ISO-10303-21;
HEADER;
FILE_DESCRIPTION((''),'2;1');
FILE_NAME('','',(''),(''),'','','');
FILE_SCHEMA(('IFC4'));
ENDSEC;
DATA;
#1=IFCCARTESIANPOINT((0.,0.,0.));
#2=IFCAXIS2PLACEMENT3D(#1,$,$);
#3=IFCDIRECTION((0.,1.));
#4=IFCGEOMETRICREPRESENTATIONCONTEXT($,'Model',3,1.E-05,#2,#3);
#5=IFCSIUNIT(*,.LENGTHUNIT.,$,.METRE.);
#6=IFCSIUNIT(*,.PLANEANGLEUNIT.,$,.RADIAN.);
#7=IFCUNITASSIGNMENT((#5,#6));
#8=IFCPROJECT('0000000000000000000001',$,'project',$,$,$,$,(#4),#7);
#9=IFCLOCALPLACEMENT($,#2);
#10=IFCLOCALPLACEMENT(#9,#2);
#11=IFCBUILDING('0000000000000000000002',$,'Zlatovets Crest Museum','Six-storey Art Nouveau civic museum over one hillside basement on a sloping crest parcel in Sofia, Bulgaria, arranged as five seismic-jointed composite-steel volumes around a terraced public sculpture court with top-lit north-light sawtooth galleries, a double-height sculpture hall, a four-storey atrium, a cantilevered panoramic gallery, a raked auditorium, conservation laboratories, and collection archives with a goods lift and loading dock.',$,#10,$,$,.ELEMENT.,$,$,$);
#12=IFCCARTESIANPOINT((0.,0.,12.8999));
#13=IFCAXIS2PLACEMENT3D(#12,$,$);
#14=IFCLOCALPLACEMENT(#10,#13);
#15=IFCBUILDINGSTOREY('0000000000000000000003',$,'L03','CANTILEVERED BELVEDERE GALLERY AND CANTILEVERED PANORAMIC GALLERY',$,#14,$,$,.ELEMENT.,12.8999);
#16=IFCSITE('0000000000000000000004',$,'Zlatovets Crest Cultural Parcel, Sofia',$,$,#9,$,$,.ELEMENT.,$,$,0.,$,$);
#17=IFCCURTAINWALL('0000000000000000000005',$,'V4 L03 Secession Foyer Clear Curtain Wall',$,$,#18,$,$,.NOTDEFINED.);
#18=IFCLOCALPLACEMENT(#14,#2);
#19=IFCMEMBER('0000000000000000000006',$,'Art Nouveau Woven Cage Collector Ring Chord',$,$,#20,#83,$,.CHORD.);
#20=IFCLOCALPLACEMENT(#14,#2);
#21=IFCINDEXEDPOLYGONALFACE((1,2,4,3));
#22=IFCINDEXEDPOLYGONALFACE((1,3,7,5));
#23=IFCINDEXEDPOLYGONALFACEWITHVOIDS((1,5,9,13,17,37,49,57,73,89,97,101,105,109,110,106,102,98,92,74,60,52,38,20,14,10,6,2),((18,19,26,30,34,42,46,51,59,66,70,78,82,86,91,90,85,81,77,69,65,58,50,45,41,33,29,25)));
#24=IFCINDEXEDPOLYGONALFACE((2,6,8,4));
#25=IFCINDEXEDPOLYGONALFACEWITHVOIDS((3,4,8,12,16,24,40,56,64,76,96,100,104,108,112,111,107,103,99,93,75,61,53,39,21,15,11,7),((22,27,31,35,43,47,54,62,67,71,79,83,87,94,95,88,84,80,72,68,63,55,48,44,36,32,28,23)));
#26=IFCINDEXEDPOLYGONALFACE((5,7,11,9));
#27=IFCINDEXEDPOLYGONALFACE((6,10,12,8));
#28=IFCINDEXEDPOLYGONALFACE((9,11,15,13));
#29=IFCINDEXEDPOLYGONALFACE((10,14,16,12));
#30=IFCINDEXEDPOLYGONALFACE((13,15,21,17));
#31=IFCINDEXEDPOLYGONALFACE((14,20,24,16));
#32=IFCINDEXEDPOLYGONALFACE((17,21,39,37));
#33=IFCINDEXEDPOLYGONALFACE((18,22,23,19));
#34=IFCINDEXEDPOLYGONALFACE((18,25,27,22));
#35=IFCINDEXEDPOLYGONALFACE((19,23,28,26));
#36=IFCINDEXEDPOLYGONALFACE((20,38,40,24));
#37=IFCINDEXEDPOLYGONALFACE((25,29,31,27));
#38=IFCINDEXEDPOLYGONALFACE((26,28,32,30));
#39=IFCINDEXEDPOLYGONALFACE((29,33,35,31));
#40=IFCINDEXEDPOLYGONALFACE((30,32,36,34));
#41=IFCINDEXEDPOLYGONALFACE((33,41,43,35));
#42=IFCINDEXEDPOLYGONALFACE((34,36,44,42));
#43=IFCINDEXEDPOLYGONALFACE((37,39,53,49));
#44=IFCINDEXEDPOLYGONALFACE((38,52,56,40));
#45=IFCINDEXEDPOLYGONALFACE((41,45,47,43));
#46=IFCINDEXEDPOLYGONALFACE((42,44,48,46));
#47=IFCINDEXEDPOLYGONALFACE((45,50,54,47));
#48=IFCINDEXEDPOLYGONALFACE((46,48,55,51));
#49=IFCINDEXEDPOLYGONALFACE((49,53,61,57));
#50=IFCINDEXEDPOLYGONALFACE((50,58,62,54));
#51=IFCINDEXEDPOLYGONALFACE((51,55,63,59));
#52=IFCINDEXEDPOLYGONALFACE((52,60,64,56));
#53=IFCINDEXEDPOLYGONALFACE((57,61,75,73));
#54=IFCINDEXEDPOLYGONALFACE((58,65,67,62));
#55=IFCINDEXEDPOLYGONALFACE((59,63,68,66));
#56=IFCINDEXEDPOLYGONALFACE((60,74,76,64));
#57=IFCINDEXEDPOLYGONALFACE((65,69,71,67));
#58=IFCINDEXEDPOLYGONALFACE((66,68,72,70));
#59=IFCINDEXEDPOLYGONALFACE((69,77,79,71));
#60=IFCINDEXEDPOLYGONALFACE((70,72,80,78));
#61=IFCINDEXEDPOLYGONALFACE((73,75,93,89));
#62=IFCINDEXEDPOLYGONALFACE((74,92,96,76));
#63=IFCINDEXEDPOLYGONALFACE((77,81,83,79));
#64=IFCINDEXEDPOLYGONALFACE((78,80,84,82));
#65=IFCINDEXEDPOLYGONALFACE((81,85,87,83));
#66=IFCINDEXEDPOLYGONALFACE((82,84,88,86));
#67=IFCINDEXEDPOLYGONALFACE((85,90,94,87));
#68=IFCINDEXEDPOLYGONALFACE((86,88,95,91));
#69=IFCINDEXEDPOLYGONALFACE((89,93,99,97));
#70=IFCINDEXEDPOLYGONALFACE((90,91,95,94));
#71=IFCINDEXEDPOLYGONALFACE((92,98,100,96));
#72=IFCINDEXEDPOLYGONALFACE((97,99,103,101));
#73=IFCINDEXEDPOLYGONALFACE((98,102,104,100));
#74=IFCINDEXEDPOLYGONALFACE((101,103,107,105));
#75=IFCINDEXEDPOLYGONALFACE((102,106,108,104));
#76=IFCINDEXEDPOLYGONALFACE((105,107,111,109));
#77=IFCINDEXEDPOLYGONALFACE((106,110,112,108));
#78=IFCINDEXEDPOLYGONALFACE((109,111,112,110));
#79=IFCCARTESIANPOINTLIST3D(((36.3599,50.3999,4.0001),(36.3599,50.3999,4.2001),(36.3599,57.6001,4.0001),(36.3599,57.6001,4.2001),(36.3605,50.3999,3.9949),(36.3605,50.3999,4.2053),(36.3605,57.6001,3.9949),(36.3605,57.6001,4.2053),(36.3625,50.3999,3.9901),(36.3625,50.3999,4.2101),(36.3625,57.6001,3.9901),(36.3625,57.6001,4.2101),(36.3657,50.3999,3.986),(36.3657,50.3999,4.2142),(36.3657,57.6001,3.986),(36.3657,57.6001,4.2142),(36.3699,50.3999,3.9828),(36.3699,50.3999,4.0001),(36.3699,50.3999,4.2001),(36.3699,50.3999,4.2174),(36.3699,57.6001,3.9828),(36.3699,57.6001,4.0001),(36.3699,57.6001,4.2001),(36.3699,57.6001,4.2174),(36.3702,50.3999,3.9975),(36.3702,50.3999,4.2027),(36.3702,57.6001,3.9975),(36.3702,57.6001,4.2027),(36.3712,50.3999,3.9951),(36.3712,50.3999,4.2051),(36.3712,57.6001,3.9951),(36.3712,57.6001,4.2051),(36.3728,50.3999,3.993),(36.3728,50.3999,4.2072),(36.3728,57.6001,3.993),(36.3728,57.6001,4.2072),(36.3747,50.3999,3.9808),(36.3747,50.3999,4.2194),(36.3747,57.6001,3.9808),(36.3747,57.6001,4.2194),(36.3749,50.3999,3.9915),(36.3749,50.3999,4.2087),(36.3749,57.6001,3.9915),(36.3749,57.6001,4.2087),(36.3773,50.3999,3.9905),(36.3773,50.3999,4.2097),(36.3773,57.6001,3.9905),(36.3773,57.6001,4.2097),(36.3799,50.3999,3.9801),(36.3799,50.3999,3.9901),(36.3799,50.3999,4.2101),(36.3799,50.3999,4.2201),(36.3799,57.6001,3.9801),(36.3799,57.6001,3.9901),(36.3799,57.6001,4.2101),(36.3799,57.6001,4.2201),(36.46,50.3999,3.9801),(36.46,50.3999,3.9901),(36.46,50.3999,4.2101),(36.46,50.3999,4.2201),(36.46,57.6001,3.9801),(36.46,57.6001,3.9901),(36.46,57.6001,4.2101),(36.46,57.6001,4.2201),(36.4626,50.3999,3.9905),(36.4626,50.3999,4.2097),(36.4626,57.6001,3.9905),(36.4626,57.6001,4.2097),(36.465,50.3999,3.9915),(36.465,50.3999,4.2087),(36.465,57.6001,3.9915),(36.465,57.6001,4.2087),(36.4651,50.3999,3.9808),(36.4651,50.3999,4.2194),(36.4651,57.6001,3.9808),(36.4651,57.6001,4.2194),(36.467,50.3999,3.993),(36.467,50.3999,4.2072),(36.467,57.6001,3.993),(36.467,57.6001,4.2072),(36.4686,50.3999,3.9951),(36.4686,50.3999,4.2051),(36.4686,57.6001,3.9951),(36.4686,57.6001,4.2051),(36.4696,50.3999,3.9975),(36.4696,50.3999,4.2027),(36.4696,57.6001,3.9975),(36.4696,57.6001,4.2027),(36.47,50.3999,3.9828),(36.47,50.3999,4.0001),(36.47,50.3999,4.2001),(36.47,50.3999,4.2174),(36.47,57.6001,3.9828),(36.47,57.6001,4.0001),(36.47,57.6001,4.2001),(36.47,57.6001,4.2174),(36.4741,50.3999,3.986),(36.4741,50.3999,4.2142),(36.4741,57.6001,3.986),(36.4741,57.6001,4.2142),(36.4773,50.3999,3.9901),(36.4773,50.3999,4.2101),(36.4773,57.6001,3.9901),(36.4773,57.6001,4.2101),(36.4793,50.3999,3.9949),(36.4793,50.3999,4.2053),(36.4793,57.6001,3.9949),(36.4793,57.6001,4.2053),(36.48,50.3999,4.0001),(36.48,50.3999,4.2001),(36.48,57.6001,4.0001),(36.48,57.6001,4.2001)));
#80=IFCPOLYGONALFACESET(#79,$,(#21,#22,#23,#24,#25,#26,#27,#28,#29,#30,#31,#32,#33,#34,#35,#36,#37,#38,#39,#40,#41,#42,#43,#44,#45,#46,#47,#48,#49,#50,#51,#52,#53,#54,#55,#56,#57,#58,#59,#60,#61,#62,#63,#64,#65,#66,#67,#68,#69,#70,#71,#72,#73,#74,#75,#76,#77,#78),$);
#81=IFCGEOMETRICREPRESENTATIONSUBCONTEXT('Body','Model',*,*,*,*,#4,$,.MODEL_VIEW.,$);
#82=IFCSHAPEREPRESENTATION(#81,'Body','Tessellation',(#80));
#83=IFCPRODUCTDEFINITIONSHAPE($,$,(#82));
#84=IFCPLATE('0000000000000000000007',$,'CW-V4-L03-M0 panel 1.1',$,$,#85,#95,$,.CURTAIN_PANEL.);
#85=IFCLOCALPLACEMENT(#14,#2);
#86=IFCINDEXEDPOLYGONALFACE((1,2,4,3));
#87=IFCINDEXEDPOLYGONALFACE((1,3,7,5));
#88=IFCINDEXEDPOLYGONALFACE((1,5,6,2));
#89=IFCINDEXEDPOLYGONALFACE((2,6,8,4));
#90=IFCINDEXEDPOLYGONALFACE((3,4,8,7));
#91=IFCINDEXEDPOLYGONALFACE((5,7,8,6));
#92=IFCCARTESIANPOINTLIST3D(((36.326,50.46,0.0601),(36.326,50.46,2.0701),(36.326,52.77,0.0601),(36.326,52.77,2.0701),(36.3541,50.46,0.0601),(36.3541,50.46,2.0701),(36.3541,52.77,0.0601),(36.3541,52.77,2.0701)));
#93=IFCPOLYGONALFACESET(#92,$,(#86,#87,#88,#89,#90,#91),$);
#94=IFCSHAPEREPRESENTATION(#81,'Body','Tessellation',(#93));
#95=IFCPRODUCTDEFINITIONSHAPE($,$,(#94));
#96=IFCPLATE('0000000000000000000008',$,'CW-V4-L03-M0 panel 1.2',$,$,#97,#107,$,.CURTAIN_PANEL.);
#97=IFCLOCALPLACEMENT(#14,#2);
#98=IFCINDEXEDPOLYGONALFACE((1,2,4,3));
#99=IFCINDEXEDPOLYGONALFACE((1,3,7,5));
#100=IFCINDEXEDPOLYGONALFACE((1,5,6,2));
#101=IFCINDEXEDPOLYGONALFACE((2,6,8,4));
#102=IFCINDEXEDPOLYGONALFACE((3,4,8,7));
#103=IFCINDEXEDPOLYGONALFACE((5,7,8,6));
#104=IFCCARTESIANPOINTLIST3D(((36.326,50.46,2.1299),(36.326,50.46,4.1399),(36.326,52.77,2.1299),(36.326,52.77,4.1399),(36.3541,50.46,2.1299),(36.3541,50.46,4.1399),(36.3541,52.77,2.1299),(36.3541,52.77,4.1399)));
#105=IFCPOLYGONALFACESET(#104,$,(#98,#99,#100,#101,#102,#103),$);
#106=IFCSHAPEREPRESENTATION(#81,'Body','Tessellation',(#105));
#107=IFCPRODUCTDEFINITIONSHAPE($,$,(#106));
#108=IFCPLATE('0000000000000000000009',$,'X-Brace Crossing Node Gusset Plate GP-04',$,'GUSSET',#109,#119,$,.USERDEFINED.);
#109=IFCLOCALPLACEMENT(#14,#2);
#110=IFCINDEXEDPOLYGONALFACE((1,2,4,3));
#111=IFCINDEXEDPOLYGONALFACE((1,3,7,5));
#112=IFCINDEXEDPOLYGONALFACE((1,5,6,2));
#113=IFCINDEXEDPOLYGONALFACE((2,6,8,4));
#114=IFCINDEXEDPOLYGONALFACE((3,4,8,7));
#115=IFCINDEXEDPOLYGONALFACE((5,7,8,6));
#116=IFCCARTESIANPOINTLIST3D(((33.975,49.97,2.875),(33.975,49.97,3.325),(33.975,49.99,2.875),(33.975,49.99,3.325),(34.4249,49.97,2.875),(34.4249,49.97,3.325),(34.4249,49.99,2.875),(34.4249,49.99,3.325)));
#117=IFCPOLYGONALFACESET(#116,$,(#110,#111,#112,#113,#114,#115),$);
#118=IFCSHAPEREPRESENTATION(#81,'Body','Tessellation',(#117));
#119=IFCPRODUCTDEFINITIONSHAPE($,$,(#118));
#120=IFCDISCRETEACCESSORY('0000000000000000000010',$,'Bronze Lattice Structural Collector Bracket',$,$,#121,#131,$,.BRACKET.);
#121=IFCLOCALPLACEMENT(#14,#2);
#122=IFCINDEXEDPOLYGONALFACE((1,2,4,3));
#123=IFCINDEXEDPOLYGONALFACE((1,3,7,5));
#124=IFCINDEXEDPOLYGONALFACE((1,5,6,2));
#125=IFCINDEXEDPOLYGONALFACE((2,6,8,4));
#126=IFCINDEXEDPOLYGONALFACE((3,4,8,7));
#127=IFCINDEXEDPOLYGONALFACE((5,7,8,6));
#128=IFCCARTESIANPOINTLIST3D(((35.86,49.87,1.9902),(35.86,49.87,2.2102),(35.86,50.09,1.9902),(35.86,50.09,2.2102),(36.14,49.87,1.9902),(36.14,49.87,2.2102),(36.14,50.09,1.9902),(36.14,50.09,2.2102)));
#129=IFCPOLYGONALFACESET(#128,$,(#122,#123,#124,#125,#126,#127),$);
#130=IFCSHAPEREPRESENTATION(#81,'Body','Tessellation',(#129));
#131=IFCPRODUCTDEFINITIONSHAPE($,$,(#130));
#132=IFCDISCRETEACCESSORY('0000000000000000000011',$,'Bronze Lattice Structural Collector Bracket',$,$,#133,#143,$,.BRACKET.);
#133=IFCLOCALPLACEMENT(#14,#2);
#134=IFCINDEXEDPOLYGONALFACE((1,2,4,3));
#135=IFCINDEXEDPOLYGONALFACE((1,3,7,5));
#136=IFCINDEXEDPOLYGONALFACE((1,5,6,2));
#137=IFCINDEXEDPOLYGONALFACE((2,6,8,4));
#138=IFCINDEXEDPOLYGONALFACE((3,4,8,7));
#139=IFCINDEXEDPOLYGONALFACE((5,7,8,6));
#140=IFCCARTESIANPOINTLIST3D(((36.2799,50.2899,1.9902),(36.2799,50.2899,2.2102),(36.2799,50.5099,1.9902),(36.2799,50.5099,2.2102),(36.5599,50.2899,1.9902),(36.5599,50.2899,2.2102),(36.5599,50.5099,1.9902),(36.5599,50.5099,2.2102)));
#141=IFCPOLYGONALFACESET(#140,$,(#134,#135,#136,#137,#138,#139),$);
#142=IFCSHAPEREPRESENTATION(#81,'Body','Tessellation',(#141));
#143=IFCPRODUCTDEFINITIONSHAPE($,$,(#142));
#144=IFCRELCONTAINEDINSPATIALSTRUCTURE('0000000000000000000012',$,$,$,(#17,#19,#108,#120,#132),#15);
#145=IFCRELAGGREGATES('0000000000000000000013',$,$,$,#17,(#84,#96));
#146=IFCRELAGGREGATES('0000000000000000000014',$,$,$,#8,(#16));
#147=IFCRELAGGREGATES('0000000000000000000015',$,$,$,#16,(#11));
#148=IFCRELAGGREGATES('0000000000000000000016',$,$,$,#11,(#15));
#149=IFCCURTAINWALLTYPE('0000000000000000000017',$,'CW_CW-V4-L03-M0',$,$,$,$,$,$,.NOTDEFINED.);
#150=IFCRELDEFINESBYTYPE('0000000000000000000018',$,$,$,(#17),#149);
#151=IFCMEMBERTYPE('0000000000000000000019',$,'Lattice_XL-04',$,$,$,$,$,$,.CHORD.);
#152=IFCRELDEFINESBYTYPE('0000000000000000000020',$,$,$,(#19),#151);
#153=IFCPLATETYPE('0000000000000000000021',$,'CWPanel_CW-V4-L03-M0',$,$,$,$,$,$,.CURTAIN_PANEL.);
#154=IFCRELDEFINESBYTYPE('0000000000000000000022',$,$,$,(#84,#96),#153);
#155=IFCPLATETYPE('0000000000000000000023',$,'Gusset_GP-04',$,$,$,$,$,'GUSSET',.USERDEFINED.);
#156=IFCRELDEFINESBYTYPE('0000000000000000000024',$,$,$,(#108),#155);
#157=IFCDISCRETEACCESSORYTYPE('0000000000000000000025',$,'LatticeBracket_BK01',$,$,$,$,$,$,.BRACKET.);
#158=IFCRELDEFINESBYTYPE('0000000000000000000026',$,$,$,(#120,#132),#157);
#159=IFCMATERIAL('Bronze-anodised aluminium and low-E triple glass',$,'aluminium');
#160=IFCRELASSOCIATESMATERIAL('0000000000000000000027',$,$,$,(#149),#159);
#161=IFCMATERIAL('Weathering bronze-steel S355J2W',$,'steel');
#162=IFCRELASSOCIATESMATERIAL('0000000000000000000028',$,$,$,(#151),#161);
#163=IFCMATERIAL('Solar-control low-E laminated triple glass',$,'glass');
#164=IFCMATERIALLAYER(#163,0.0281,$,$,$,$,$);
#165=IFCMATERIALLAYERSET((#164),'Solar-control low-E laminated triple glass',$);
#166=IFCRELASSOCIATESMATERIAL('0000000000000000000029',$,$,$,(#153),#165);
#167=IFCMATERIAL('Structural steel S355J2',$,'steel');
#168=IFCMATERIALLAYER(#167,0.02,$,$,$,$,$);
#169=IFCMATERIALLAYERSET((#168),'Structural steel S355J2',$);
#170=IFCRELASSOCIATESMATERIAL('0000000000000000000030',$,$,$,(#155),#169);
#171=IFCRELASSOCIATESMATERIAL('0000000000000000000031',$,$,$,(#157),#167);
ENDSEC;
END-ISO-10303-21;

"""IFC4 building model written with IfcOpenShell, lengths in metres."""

from ifc_helpers import new_model, si_unit, direction, frame, origin, origin_2d, place, context, subcontext, project, spatial, rectangle, hollow_rectangle, extrude, material, layer, layer_set, material_profile, profile_set, type_object, element, aggregate, save


model = new_model("IFC4")

# Units and contexts
model_context = context("Model", 3, precision=1e-05, world=origin(), true_north=direction((0.0, 1.0)))
body_context = subcontext(model_context, "Body", "Model", "MODEL_VIEW")
ifc_project = project(units=[si_unit("LENGTHUNIT", "METRE"), si_unit("PLANEANGLEUNIT", "RADIAN")], contexts=[model_context])

# Site, building, storey
site_placement = place(None, origin())
site = spatial("IfcSite", under=ifc_project, at=site_placement, Name="Zlatovets Crest Cultural Parcel, Sofia", CompositionType="ELEMENT", RefElevation=0.0)
building_placement = place(site_placement, origin())
building = spatial("IfcBuilding", under=site, at=building_placement, Name="Zlatovets Crest Museum", Description="Six-storey Art Nouveau civic museum over one hillside basement on a sloping crest parcel in Sofia, Bulgaria, arranged as five seismic-jointed composite-steel volumes around a terraced public sculpture court with top-lit north-light sawtooth galleries, a double-height sculpture hall, a four-storey atrium, a cantilevered panoramic gallery, a raked auditorium, conservation laboratories, and collection archives with a goods lift and loading dock.", CompositionType="ELEMENT")
storey_placement = place(building_placement, frame((0.0, 0.0, 12.8999)))
storey = spatial("IfcBuildingStorey", under=building, at=storey_placement, Name="L03", Description="CANTILEVERED BELVEDERE GALLERY AND CANTILEVERED PANORAMIC GALLERY", CompositionType="ELEMENT", Elevation=12.8999)

# Shared definitions
ifc_material_1 = material(Name="Structural steel S355J2", Category="steel")

# Curtain wall
ifc_material_2 = material(Name="Bronze-anodised aluminium and low-E triple glass", Category="aluminium")
curtain_wall_type = type_object("IfcCurtainWallType", Name="CW_CW-V4-L03-M0", PredefinedType="NOTDEFINED", material=ifc_material_2)
curtain_wall_placement = place(storey_placement, origin())
curtain_wall = element("IfcCurtainWall", 1, at=curtain_wall_placement, inside=storey, type_object=curtain_wall_type, Name="V4 L03 Secession Foyer Clear Curtain Wall", PredefinedType="NOTDEFINED")

# Member
ifc_material_3 = material(Name="Weathering bronze-steel S355J2W", Category="steel")
ifc_material_profile_1 = material_profile(ifc_material_3, hollow_rectangle(XDim=0.1201, YDim=0.24, WallThickness=0.01, InnerFilletRadius=0.01, OuterFilletRadius=0.02, at=origin_2d()), Name="RHS 120x240x10.0")
ifc_profile_set_1 = profile_set([ifc_material_profile_1], Name="Weathering bronze-steel S355J2W")
member_type_1 = type_object("IfcMemberType", Name="Lattice_XL-04", PredefinedType="CHORD", material=ifc_profile_set_1)
member_1_placement = place(storey_placement, frame((36.4199, 50.3999, 4.1001), z_axis=(0.0, 1.0, 0.0), x_axis=(-1.0, 0.0, 0.0)))
element("IfcMember", 2, at=member_1_placement, inside=storey, type_object=member_type_1, Name="Art Nouveau Woven Cage Collector Ring Chord", PredefinedType="CHORD", context=body_context, shape_type="SweptSolid", body=[
    extrude(hollow_rectangle(XDim=0.1201, YDim=0.24, WallThickness=0.01, InnerFilletRadius=0.01, OuterFilletRadius=0.02, at=origin_2d()), origin(), (0.0, 0.0, 1.0), 7.2002),
])

# Plates
ifc_material_4 = material(Name="Solar-control low-E laminated triple glass", Category="glass")
ifc_layer_1 = layer(ifc_material_4, 0.0281)
ifc_layer_set_1 = layer_set([ifc_layer_1], Name="Solar-control low-E laminated triple glass")
plate_type_1 = type_object("IfcPlateType", Name="CWPanel_CW-V4-L03-M0", PredefinedType="CURTAIN_PANEL", material=ifc_layer_set_1)
plate_1_placement = place(storey_placement, frame((36.3401, 51.615, 0.0601), z_axis=(0.0, 0.0, 1.0), x_axis=(0.0, 1.0, 0.0)))
plate_1 = element("IfcPlate", 3, at=plate_1_placement, type_object=plate_type_1, Name="CW-V4-L03-M0 panel 1.1", PredefinedType="CURTAIN_PANEL", context=body_context, shape_type="SweptSolid", body=[
    extrude(rectangle(XDim=2.3101, YDim=0.0281, at=origin_2d()), origin(), (0.0, 0.0, 1.0), 2.01),
])
plate_2_placement = place(storey_placement, frame((36.3401, 51.615, 2.1299), z_axis=(0.0, 0.0, 1.0), x_axis=(0.0, 1.0, 0.0)))
plate_2 = element("IfcPlate", 4, at=plate_2_placement, type_object=plate_type_1, Name="CW-V4-L03-M0 panel 1.2", PredefinedType="CURTAIN_PANEL", context=body_context, shape_type="SweptSolid", body=[
    extrude(rectangle(XDim=2.3101, YDim=0.0281, at=origin_2d()), origin(), (0.0, 0.0, 1.0), 2.01),
])
aggregate(curtain_wall, [plate_1, plate_2])
ifc_layer_2 = layer(ifc_material_1, 0.02)
ifc_layer_set_2 = layer_set([ifc_layer_2], Name="Structural steel S355J2")
plate_type_2 = type_object("IfcPlateType", Name="Gusset_GP-04", ElementType="GUSSET", PredefinedType="USERDEFINED", material=ifc_layer_set_2)
plate_3_placement = place(storey_placement, frame((34.2, 49.98, 2.875), z_axis=(0.0, 0.0, 1.0), x_axis=(1.0, 0.0, 0.0)))
element("IfcPlate", 5, at=plate_3_placement, inside=storey, type_object=plate_type_2, Name="X-Brace Crossing Node Gusset Plate GP-04", ObjectType="GUSSET", PredefinedType="USERDEFINED", context=body_context, shape_type="SweptSolid", body=[
    extrude(rectangle(XDim=0.45, YDim=0.02, at=origin_2d()), origin(), (0.0, 0.0, 1.0), 0.45),
])

# Discrete accessories
discrete_accessory_type = type_object("IfcDiscreteAccessoryType", Name="LatticeBracket_BK01", PredefinedType="BRACKET", material=ifc_material_1)
for number, where, z_axis, x_axis, name in (
    (6, (36.0, 49.98, 1.9902), (0.0, 0.0, 1.0), (1.0, 0.0, 0.0), "Bronze Lattice Structural Collector Bracket"),
    (7, (36.4199, 50.3999, 1.9902), (0.0, 0.0, 1.0), (1.0, 0.0, 0.0), "Bronze Lattice Structural Collector Bracket"),
):
    element("IfcDiscreteAccessory", number, at=place(storey_placement, frame(where, z_axis=z_axis, x_axis=x_axis)), inside=storey, type_object=discrete_accessory_type, Name=name, PredefinedType="BRACKET", context=body_context, shape_type="SweptSolid", body=[
        extrude(rectangle(XDim=0.28, YDim=0.22, at=origin_2d()), origin(), (0.0, 0.0, 1.0), 0.22),
    ])

save(model, "model.ifc")
